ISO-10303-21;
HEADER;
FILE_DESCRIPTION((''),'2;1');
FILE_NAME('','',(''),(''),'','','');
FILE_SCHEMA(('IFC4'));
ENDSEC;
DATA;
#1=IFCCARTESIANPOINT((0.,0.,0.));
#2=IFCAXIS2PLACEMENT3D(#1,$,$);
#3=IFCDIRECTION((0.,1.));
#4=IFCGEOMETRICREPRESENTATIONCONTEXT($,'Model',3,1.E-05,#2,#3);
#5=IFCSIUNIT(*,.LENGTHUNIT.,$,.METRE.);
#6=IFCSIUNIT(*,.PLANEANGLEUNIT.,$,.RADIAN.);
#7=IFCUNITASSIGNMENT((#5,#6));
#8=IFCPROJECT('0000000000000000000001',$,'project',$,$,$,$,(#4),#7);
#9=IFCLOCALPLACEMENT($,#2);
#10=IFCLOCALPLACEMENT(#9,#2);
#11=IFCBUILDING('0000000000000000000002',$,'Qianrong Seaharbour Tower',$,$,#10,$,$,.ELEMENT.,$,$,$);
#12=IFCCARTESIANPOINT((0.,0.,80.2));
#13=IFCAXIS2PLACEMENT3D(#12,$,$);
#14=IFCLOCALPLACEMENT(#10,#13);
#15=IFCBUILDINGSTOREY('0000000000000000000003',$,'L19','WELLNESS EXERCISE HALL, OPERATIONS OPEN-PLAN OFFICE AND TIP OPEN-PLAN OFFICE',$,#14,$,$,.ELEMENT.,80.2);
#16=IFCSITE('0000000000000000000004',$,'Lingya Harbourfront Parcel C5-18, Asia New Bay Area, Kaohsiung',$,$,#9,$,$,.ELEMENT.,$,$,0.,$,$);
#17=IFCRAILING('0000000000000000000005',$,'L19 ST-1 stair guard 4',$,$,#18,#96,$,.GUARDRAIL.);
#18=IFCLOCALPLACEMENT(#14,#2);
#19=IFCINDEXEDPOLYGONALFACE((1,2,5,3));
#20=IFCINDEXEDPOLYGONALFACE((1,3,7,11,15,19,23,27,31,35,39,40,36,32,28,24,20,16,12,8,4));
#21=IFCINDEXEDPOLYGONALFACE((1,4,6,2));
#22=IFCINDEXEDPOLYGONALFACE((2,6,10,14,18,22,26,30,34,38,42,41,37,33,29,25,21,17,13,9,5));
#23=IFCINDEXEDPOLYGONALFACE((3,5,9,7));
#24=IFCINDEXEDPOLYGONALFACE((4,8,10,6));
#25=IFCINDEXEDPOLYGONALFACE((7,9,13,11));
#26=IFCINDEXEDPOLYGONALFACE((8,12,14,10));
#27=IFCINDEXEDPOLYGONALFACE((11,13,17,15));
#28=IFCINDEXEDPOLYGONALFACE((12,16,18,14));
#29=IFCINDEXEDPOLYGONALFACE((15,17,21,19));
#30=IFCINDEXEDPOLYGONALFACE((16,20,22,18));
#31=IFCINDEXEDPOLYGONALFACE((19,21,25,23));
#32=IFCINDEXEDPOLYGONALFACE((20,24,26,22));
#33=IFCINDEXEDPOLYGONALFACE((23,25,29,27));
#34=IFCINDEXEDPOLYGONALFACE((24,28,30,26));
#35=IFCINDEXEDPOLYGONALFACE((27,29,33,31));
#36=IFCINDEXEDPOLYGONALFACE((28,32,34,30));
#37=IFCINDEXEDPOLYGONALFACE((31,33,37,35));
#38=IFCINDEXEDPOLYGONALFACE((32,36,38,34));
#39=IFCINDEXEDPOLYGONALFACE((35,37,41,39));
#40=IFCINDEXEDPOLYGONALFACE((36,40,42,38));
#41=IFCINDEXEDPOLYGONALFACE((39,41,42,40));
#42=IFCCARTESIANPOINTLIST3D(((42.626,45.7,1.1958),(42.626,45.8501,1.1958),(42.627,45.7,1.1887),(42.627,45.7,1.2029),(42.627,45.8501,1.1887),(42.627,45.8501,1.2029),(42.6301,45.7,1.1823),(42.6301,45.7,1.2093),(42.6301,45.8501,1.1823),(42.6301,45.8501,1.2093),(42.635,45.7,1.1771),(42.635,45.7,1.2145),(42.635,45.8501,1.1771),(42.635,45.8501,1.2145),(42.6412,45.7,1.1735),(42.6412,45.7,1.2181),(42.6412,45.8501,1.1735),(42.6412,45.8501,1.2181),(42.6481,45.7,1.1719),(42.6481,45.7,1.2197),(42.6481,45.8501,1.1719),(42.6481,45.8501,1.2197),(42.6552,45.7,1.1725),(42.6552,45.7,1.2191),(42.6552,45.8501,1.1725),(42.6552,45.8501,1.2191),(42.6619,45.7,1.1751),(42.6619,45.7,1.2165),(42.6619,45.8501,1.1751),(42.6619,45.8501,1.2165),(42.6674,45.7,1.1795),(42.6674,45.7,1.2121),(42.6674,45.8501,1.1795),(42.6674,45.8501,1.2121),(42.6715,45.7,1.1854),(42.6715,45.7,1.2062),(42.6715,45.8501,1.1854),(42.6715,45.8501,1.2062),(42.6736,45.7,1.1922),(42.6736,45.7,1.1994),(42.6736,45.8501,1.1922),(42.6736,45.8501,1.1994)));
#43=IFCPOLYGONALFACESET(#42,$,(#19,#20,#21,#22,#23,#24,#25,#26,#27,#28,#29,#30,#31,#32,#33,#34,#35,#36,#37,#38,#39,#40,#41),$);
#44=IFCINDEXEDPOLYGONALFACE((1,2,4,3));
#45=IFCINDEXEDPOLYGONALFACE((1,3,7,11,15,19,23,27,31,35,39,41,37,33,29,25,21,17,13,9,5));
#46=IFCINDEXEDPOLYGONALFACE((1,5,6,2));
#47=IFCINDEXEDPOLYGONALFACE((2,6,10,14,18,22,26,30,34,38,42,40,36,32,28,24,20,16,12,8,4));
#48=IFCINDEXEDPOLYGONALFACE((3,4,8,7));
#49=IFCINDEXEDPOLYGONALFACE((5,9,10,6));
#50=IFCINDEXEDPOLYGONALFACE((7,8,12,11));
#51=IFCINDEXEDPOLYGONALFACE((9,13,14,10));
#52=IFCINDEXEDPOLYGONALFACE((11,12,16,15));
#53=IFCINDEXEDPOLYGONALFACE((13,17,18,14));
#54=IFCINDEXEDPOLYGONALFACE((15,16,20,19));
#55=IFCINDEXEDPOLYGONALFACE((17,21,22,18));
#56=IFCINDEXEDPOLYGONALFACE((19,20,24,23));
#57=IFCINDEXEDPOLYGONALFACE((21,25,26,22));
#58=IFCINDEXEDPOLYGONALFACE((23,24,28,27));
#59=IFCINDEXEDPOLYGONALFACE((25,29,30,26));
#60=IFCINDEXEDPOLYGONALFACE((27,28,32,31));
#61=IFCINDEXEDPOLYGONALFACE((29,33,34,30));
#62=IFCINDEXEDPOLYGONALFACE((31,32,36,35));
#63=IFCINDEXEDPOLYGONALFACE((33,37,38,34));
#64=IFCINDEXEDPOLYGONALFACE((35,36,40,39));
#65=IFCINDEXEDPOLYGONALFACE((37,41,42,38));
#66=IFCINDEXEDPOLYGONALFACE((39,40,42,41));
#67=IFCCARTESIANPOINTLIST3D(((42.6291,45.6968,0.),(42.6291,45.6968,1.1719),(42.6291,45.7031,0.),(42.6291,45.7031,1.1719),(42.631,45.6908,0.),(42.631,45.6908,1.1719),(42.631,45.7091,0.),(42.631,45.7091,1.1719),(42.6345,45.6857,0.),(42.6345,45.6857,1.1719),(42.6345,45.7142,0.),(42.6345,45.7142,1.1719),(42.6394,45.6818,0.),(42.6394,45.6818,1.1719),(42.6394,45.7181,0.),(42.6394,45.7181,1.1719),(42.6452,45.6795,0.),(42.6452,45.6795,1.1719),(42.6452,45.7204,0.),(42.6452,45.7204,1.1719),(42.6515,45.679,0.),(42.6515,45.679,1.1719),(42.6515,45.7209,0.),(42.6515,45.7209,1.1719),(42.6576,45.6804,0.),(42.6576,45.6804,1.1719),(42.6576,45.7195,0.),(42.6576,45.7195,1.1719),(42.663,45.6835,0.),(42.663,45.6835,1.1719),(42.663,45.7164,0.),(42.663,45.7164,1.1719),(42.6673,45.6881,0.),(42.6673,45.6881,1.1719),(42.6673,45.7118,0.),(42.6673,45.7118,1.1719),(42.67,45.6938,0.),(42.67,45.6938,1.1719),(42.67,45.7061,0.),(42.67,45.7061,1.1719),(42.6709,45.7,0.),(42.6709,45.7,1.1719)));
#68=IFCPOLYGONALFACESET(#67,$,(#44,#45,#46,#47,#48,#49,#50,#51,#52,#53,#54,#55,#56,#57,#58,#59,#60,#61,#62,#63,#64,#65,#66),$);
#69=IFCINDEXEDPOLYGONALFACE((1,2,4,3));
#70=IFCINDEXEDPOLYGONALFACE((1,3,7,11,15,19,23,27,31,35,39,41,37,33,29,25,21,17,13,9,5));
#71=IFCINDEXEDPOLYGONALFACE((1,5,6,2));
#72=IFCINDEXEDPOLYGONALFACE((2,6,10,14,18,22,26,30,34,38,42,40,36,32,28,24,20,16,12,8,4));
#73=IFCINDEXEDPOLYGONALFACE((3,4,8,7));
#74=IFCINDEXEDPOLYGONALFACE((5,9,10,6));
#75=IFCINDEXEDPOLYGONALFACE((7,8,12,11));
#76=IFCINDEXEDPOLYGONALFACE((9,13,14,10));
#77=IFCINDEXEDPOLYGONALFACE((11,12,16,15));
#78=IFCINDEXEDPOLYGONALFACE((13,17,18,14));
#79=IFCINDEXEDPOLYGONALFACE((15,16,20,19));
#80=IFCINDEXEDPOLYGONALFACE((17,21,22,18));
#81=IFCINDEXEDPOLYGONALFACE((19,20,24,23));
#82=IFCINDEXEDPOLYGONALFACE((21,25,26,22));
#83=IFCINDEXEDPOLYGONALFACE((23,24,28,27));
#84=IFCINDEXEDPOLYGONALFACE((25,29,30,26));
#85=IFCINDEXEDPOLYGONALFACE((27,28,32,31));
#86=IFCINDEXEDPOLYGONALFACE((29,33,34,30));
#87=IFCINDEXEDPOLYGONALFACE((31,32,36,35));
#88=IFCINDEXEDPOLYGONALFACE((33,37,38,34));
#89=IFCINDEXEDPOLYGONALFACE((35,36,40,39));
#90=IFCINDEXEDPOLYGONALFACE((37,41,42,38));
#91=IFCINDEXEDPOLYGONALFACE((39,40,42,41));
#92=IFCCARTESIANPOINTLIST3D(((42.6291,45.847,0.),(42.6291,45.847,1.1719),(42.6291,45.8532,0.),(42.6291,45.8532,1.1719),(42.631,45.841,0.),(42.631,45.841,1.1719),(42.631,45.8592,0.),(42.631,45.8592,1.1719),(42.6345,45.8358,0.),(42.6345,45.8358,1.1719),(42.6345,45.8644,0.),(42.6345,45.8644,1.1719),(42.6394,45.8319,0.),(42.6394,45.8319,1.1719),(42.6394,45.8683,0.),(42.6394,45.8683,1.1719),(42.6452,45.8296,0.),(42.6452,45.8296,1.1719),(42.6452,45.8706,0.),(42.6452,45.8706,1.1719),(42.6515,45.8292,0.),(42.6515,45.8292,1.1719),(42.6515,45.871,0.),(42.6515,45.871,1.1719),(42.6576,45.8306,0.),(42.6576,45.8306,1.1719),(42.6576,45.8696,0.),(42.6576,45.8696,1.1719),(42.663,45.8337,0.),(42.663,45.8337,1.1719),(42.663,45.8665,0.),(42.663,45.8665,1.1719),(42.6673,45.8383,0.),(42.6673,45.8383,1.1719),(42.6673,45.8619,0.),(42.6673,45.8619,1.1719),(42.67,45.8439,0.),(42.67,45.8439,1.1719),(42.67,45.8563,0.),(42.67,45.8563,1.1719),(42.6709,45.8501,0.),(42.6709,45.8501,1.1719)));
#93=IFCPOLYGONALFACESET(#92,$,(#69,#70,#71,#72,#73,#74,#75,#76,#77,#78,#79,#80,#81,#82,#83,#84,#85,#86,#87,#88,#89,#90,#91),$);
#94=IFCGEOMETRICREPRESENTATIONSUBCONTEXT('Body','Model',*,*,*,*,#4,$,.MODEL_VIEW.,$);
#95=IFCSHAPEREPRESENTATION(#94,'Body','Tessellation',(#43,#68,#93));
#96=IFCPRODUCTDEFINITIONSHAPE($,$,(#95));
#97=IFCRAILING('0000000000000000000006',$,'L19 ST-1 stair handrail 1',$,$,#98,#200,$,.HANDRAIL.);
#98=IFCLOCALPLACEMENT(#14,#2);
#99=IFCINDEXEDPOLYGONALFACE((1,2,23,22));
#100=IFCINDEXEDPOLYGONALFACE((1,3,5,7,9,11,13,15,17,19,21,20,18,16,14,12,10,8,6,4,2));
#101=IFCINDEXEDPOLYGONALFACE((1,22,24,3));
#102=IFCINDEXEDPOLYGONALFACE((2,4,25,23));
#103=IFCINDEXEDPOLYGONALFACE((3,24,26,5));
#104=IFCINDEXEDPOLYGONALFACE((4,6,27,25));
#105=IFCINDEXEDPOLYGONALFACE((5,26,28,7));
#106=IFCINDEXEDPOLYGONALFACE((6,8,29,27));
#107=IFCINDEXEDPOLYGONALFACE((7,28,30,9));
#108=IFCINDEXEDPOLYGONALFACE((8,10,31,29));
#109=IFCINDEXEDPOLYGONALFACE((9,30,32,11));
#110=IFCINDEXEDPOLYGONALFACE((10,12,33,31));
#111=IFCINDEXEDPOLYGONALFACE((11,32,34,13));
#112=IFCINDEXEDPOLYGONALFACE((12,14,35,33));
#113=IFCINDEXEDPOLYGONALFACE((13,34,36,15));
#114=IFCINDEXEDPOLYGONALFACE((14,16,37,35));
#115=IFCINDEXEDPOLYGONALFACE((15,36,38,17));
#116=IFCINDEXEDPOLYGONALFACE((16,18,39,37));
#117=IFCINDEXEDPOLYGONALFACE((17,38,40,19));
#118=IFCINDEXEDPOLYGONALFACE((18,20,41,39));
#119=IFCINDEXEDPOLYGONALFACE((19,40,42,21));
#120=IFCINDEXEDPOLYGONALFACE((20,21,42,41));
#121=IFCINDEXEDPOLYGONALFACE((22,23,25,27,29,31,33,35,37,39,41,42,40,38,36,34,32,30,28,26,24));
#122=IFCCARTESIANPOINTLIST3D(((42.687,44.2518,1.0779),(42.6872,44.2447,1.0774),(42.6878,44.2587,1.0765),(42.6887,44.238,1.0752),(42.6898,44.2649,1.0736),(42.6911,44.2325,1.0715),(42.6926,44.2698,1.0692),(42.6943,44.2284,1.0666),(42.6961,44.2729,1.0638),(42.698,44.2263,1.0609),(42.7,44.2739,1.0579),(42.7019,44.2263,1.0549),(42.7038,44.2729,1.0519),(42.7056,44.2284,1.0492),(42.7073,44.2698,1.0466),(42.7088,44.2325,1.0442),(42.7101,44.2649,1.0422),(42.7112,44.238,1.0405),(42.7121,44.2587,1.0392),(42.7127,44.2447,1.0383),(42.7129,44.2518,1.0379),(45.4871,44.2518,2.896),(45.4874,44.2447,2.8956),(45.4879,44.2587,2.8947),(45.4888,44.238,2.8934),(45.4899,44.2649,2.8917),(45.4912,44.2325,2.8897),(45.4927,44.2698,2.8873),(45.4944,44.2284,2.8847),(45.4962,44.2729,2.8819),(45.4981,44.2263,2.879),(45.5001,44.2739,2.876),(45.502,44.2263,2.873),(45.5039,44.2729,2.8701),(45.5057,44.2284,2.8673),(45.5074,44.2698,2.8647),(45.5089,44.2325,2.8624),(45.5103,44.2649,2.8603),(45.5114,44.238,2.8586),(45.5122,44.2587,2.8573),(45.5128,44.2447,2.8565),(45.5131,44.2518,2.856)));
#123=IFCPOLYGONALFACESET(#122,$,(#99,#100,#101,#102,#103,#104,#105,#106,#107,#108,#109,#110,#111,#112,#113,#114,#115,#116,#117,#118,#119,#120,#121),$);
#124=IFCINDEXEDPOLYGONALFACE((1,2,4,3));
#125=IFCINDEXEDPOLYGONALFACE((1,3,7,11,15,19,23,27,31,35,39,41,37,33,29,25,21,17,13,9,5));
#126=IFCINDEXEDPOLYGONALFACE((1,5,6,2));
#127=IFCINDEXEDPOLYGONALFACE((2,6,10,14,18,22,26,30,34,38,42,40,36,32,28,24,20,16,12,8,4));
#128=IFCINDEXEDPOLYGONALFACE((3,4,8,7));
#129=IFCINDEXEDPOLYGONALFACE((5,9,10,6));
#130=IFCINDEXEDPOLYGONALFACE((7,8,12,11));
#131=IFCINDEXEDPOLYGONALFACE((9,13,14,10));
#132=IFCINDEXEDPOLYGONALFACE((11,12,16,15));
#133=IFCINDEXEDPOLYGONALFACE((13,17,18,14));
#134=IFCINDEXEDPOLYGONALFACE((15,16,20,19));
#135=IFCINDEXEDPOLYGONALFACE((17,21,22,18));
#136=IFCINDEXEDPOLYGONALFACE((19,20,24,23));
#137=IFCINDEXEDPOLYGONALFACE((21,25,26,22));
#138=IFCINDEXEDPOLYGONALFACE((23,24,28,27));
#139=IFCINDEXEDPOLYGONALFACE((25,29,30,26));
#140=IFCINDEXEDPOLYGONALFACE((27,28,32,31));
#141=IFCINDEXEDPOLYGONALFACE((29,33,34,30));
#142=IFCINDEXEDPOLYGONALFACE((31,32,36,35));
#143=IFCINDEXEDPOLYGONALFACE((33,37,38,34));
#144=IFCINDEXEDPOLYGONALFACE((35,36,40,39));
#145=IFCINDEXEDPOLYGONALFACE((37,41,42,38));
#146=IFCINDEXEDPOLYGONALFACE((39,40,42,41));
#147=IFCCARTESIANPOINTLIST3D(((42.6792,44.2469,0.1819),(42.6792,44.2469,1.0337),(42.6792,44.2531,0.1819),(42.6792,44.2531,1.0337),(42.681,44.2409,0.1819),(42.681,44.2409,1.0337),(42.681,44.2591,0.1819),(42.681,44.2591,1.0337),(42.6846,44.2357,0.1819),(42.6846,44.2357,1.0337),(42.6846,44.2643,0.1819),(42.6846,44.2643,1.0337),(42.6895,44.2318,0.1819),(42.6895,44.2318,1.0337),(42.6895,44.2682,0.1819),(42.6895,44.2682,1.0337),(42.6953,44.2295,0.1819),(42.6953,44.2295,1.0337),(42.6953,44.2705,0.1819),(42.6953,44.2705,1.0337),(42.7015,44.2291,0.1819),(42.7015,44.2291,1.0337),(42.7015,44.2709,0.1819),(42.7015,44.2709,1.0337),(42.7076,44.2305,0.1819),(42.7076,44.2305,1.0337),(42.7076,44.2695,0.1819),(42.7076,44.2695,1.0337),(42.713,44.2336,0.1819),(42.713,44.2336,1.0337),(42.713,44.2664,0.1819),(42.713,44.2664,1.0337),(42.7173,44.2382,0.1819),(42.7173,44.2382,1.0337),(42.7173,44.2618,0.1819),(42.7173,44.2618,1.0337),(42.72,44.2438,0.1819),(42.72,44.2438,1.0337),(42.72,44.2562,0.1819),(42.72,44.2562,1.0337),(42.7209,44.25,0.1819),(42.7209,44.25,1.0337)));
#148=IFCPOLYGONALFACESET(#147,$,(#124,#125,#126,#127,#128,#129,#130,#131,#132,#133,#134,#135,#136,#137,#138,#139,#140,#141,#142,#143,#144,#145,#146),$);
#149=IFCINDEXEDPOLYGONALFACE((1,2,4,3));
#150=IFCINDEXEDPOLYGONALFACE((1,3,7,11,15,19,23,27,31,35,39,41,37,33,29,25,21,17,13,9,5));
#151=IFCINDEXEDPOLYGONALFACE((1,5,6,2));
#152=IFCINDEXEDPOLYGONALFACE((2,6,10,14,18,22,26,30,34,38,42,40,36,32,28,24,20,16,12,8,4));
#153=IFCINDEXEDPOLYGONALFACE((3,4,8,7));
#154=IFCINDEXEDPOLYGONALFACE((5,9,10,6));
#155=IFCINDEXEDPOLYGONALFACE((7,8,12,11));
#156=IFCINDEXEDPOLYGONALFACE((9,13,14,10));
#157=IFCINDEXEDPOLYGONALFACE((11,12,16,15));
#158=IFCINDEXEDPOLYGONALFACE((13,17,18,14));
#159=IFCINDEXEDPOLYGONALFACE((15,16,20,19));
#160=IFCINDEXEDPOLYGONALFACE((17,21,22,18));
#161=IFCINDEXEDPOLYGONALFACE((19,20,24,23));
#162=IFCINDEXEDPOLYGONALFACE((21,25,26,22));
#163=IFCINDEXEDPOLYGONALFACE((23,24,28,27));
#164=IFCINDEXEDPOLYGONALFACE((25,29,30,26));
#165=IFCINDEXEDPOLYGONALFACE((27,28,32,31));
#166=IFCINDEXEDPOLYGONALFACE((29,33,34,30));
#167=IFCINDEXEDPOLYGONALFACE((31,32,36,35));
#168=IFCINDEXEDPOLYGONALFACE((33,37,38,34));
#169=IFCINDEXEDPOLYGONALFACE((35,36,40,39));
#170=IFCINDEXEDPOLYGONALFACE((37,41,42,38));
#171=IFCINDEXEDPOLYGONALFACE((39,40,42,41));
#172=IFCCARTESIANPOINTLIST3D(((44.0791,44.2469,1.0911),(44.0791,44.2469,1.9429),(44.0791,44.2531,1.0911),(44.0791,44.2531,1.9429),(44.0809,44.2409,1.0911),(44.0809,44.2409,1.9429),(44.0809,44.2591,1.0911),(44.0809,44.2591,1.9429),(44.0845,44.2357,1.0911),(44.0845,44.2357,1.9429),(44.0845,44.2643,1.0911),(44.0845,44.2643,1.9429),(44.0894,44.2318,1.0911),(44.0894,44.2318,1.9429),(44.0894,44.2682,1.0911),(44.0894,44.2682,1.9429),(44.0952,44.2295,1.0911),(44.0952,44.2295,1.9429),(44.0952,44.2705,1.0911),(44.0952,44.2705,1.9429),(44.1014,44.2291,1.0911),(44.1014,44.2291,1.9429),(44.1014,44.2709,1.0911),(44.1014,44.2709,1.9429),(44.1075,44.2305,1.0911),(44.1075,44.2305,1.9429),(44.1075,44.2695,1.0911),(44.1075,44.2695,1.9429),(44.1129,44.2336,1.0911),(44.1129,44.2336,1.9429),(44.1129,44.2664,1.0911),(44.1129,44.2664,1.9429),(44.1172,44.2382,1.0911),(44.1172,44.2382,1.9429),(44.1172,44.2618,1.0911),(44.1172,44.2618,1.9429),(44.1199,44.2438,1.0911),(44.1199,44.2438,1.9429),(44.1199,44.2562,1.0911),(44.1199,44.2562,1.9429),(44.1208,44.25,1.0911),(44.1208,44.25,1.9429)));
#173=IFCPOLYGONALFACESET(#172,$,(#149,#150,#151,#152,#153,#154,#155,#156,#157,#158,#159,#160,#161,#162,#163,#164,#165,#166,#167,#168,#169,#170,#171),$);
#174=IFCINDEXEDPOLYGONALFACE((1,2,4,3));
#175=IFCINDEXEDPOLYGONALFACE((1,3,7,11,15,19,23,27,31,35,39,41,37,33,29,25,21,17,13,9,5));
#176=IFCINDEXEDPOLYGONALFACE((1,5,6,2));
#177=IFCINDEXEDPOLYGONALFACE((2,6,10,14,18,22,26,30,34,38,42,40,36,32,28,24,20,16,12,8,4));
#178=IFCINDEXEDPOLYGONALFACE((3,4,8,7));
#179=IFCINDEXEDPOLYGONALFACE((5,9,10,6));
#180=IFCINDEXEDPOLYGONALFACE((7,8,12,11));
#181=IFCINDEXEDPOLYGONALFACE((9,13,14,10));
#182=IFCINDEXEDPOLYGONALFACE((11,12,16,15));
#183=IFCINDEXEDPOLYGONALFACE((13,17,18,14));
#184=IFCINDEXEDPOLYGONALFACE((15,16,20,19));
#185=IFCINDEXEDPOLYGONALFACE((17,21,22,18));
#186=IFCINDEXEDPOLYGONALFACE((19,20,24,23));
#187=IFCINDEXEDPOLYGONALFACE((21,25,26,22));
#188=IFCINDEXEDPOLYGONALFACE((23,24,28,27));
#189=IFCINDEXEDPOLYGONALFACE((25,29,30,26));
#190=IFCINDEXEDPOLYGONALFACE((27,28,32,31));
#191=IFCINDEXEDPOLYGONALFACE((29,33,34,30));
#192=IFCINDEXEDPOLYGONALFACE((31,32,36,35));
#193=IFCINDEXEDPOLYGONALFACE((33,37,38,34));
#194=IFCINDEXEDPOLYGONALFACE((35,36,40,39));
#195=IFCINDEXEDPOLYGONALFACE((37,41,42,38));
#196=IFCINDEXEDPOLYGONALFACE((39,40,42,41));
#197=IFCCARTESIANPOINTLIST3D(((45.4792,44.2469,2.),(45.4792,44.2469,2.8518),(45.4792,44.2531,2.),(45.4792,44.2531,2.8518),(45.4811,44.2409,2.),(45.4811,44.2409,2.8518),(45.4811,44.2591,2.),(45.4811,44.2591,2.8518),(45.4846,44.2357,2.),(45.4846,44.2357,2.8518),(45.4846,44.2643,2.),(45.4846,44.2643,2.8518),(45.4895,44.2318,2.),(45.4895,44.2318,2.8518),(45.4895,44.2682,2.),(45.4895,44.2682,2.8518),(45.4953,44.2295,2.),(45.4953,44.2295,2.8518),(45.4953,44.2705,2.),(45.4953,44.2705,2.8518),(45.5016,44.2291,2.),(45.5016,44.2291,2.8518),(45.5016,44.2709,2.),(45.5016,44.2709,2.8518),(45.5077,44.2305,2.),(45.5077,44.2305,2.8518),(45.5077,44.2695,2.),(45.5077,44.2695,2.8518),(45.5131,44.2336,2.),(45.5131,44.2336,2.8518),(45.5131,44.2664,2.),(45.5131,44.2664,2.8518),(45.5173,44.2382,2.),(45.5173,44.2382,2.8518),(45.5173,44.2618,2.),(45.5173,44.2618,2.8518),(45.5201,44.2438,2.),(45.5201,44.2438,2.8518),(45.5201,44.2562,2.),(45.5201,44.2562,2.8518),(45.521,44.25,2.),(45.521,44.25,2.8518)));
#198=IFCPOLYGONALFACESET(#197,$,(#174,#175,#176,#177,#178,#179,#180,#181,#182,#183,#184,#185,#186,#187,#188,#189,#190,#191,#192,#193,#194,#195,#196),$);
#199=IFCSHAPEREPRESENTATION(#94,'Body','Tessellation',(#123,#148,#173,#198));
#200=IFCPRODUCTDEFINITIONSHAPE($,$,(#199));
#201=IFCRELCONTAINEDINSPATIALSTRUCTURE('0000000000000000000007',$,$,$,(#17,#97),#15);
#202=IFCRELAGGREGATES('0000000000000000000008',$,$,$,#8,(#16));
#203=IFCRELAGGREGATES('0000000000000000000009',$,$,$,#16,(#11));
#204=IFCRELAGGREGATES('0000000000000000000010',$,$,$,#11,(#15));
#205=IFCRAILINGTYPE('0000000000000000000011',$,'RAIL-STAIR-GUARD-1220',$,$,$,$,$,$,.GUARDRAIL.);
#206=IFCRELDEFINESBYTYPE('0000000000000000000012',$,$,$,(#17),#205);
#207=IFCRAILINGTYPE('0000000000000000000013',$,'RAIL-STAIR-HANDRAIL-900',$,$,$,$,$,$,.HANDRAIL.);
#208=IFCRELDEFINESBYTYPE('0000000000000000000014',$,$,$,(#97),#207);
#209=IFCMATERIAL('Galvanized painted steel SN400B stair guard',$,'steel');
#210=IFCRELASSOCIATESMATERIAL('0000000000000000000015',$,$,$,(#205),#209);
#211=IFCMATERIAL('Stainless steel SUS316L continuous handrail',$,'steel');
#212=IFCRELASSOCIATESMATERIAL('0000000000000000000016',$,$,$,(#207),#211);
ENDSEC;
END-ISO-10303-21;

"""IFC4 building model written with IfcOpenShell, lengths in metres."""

from ifc_helpers import new_model, si_unit, direction, frame, origin, origin_2d, place, context, subcontext, project, spatial, circle, extrude, material, type_object, element, save


model = new_model("IFC4")

# Units and contexts
model_context = context("Model", 3, precision=1e-05, world=origin(), true_north=direction((0.0, 1.0)))
body_context = subcontext(model_context, "Body", "Model", "MODEL_VIEW")
ifc_project = project(units=[si_unit("LENGTHUNIT", "METRE"), si_unit("PLANEANGLEUNIT", "RADIAN")], contexts=[model_context])

# Site, building, storey
site_placement = place(None, origin())
site = spatial("IfcSite", under=ifc_project, at=site_placement, Name="Lingya Harbourfront Parcel C5-18, Asia New Bay Area, Kaohsiung", CompositionType="ELEMENT", RefElevation=0.0)
building_placement = place(site_placement, origin())
building = spatial("IfcBuilding", under=site, at=building_placement, Name="Qianrong Seaharbour Tower", CompositionType="ELEMENT")
storey_placement = place(building_placement, frame((0.0, 0.0, 80.2)))
storey = spatial("IfcBuildingStorey", under=building, at=storey_placement, Name="L19", Description="WELLNESS EXERCISE HALL, OPERATIONS OPEN-PLAN OFFICE AND TIP OPEN-PLAN OFFICE", CompositionType="ELEMENT", Elevation=80.2)

# Railings
ifc_material_1 = material(Name="Galvanized painted steel SN400B stair guard", Category="steel")
railing_type_1 = type_object("IfcRailingType", Name="RAIL-STAIR-GUARD-1220", PredefinedType="GUARDRAIL", material=ifc_material_1)
railing_1_placement = place(storey_placement, frame((42.6499, 45.7, 0.0)))
element("IfcRailing", 1, at=railing_1_placement, inside=storey, type_object=railing_type_1, Name="L19 ST-1 stair guard 4", PredefinedType="GUARDRAIL", context=body_context, shape_type="SweptSolid", body=[
    extrude(circle(Radius=0.0239, at=origin_2d()), frame((0.0, 0.0, 1.1958), z_axis=(0.0, 1.0, 0.0), x_axis=(-1.0, 0.0, 0.0)), (0.0, 0.0, 1.0), 0.1501),
    extrude(circle(Radius=0.021, at=origin_2d()), origin(), (0.0, 0.0, 1.0), 1.1719),
    extrude(circle(Radius=0.021, at=origin_2d()), frame((0.0, 0.1501, 0.0)), (0.0, 0.0, 1.0), 1.1719),
])
ifc_material_2 = material(Name="Stainless steel SUS316L continuous handrail", Category="steel")
railing_type_2 = type_object("IfcRailingType", Name="RAIL-STAIR-HANDRAIL-900", PredefinedType="HANDRAIL", material=ifc_material_2)
railing_2_placement = place(storey_placement, frame((42.7, 44.25, 0.1819)))
element("IfcRailing", 2, at=railing_2_placement, inside=storey, type_object=railing_type_2, Name="L19 ST-1 stair handrail 1", PredefinedType="HANDRAIL", context=body_context, shape_type="SweptSolid", body=[
    extrude(circle(Radius=0.0239, at=origin_2d()), frame((0.0, 0.0, 0.876), z_axis=(0.838706, 0.0, 0.544585), x_axis=(0.0, 1.0, 0.0)), (0.0, 0.0, 1.0), 3.3386),
    extrude(circle(Radius=0.021, at=origin_2d()), origin(), (0.0, 0.0, 1.0), 0.8518),
    extrude(circle(Radius=0.021, at=origin_2d()), frame((1.3999, 0.0, 0.9092)), (0.0, 0.0, 1.0), 0.8518),
    extrude(circle(Radius=0.021, at=origin_2d()), frame((2.8, 0.0, 1.8181)), (0.0, 0.0, 1.0), 0.8518),
])

save(model, "model.ifc")
